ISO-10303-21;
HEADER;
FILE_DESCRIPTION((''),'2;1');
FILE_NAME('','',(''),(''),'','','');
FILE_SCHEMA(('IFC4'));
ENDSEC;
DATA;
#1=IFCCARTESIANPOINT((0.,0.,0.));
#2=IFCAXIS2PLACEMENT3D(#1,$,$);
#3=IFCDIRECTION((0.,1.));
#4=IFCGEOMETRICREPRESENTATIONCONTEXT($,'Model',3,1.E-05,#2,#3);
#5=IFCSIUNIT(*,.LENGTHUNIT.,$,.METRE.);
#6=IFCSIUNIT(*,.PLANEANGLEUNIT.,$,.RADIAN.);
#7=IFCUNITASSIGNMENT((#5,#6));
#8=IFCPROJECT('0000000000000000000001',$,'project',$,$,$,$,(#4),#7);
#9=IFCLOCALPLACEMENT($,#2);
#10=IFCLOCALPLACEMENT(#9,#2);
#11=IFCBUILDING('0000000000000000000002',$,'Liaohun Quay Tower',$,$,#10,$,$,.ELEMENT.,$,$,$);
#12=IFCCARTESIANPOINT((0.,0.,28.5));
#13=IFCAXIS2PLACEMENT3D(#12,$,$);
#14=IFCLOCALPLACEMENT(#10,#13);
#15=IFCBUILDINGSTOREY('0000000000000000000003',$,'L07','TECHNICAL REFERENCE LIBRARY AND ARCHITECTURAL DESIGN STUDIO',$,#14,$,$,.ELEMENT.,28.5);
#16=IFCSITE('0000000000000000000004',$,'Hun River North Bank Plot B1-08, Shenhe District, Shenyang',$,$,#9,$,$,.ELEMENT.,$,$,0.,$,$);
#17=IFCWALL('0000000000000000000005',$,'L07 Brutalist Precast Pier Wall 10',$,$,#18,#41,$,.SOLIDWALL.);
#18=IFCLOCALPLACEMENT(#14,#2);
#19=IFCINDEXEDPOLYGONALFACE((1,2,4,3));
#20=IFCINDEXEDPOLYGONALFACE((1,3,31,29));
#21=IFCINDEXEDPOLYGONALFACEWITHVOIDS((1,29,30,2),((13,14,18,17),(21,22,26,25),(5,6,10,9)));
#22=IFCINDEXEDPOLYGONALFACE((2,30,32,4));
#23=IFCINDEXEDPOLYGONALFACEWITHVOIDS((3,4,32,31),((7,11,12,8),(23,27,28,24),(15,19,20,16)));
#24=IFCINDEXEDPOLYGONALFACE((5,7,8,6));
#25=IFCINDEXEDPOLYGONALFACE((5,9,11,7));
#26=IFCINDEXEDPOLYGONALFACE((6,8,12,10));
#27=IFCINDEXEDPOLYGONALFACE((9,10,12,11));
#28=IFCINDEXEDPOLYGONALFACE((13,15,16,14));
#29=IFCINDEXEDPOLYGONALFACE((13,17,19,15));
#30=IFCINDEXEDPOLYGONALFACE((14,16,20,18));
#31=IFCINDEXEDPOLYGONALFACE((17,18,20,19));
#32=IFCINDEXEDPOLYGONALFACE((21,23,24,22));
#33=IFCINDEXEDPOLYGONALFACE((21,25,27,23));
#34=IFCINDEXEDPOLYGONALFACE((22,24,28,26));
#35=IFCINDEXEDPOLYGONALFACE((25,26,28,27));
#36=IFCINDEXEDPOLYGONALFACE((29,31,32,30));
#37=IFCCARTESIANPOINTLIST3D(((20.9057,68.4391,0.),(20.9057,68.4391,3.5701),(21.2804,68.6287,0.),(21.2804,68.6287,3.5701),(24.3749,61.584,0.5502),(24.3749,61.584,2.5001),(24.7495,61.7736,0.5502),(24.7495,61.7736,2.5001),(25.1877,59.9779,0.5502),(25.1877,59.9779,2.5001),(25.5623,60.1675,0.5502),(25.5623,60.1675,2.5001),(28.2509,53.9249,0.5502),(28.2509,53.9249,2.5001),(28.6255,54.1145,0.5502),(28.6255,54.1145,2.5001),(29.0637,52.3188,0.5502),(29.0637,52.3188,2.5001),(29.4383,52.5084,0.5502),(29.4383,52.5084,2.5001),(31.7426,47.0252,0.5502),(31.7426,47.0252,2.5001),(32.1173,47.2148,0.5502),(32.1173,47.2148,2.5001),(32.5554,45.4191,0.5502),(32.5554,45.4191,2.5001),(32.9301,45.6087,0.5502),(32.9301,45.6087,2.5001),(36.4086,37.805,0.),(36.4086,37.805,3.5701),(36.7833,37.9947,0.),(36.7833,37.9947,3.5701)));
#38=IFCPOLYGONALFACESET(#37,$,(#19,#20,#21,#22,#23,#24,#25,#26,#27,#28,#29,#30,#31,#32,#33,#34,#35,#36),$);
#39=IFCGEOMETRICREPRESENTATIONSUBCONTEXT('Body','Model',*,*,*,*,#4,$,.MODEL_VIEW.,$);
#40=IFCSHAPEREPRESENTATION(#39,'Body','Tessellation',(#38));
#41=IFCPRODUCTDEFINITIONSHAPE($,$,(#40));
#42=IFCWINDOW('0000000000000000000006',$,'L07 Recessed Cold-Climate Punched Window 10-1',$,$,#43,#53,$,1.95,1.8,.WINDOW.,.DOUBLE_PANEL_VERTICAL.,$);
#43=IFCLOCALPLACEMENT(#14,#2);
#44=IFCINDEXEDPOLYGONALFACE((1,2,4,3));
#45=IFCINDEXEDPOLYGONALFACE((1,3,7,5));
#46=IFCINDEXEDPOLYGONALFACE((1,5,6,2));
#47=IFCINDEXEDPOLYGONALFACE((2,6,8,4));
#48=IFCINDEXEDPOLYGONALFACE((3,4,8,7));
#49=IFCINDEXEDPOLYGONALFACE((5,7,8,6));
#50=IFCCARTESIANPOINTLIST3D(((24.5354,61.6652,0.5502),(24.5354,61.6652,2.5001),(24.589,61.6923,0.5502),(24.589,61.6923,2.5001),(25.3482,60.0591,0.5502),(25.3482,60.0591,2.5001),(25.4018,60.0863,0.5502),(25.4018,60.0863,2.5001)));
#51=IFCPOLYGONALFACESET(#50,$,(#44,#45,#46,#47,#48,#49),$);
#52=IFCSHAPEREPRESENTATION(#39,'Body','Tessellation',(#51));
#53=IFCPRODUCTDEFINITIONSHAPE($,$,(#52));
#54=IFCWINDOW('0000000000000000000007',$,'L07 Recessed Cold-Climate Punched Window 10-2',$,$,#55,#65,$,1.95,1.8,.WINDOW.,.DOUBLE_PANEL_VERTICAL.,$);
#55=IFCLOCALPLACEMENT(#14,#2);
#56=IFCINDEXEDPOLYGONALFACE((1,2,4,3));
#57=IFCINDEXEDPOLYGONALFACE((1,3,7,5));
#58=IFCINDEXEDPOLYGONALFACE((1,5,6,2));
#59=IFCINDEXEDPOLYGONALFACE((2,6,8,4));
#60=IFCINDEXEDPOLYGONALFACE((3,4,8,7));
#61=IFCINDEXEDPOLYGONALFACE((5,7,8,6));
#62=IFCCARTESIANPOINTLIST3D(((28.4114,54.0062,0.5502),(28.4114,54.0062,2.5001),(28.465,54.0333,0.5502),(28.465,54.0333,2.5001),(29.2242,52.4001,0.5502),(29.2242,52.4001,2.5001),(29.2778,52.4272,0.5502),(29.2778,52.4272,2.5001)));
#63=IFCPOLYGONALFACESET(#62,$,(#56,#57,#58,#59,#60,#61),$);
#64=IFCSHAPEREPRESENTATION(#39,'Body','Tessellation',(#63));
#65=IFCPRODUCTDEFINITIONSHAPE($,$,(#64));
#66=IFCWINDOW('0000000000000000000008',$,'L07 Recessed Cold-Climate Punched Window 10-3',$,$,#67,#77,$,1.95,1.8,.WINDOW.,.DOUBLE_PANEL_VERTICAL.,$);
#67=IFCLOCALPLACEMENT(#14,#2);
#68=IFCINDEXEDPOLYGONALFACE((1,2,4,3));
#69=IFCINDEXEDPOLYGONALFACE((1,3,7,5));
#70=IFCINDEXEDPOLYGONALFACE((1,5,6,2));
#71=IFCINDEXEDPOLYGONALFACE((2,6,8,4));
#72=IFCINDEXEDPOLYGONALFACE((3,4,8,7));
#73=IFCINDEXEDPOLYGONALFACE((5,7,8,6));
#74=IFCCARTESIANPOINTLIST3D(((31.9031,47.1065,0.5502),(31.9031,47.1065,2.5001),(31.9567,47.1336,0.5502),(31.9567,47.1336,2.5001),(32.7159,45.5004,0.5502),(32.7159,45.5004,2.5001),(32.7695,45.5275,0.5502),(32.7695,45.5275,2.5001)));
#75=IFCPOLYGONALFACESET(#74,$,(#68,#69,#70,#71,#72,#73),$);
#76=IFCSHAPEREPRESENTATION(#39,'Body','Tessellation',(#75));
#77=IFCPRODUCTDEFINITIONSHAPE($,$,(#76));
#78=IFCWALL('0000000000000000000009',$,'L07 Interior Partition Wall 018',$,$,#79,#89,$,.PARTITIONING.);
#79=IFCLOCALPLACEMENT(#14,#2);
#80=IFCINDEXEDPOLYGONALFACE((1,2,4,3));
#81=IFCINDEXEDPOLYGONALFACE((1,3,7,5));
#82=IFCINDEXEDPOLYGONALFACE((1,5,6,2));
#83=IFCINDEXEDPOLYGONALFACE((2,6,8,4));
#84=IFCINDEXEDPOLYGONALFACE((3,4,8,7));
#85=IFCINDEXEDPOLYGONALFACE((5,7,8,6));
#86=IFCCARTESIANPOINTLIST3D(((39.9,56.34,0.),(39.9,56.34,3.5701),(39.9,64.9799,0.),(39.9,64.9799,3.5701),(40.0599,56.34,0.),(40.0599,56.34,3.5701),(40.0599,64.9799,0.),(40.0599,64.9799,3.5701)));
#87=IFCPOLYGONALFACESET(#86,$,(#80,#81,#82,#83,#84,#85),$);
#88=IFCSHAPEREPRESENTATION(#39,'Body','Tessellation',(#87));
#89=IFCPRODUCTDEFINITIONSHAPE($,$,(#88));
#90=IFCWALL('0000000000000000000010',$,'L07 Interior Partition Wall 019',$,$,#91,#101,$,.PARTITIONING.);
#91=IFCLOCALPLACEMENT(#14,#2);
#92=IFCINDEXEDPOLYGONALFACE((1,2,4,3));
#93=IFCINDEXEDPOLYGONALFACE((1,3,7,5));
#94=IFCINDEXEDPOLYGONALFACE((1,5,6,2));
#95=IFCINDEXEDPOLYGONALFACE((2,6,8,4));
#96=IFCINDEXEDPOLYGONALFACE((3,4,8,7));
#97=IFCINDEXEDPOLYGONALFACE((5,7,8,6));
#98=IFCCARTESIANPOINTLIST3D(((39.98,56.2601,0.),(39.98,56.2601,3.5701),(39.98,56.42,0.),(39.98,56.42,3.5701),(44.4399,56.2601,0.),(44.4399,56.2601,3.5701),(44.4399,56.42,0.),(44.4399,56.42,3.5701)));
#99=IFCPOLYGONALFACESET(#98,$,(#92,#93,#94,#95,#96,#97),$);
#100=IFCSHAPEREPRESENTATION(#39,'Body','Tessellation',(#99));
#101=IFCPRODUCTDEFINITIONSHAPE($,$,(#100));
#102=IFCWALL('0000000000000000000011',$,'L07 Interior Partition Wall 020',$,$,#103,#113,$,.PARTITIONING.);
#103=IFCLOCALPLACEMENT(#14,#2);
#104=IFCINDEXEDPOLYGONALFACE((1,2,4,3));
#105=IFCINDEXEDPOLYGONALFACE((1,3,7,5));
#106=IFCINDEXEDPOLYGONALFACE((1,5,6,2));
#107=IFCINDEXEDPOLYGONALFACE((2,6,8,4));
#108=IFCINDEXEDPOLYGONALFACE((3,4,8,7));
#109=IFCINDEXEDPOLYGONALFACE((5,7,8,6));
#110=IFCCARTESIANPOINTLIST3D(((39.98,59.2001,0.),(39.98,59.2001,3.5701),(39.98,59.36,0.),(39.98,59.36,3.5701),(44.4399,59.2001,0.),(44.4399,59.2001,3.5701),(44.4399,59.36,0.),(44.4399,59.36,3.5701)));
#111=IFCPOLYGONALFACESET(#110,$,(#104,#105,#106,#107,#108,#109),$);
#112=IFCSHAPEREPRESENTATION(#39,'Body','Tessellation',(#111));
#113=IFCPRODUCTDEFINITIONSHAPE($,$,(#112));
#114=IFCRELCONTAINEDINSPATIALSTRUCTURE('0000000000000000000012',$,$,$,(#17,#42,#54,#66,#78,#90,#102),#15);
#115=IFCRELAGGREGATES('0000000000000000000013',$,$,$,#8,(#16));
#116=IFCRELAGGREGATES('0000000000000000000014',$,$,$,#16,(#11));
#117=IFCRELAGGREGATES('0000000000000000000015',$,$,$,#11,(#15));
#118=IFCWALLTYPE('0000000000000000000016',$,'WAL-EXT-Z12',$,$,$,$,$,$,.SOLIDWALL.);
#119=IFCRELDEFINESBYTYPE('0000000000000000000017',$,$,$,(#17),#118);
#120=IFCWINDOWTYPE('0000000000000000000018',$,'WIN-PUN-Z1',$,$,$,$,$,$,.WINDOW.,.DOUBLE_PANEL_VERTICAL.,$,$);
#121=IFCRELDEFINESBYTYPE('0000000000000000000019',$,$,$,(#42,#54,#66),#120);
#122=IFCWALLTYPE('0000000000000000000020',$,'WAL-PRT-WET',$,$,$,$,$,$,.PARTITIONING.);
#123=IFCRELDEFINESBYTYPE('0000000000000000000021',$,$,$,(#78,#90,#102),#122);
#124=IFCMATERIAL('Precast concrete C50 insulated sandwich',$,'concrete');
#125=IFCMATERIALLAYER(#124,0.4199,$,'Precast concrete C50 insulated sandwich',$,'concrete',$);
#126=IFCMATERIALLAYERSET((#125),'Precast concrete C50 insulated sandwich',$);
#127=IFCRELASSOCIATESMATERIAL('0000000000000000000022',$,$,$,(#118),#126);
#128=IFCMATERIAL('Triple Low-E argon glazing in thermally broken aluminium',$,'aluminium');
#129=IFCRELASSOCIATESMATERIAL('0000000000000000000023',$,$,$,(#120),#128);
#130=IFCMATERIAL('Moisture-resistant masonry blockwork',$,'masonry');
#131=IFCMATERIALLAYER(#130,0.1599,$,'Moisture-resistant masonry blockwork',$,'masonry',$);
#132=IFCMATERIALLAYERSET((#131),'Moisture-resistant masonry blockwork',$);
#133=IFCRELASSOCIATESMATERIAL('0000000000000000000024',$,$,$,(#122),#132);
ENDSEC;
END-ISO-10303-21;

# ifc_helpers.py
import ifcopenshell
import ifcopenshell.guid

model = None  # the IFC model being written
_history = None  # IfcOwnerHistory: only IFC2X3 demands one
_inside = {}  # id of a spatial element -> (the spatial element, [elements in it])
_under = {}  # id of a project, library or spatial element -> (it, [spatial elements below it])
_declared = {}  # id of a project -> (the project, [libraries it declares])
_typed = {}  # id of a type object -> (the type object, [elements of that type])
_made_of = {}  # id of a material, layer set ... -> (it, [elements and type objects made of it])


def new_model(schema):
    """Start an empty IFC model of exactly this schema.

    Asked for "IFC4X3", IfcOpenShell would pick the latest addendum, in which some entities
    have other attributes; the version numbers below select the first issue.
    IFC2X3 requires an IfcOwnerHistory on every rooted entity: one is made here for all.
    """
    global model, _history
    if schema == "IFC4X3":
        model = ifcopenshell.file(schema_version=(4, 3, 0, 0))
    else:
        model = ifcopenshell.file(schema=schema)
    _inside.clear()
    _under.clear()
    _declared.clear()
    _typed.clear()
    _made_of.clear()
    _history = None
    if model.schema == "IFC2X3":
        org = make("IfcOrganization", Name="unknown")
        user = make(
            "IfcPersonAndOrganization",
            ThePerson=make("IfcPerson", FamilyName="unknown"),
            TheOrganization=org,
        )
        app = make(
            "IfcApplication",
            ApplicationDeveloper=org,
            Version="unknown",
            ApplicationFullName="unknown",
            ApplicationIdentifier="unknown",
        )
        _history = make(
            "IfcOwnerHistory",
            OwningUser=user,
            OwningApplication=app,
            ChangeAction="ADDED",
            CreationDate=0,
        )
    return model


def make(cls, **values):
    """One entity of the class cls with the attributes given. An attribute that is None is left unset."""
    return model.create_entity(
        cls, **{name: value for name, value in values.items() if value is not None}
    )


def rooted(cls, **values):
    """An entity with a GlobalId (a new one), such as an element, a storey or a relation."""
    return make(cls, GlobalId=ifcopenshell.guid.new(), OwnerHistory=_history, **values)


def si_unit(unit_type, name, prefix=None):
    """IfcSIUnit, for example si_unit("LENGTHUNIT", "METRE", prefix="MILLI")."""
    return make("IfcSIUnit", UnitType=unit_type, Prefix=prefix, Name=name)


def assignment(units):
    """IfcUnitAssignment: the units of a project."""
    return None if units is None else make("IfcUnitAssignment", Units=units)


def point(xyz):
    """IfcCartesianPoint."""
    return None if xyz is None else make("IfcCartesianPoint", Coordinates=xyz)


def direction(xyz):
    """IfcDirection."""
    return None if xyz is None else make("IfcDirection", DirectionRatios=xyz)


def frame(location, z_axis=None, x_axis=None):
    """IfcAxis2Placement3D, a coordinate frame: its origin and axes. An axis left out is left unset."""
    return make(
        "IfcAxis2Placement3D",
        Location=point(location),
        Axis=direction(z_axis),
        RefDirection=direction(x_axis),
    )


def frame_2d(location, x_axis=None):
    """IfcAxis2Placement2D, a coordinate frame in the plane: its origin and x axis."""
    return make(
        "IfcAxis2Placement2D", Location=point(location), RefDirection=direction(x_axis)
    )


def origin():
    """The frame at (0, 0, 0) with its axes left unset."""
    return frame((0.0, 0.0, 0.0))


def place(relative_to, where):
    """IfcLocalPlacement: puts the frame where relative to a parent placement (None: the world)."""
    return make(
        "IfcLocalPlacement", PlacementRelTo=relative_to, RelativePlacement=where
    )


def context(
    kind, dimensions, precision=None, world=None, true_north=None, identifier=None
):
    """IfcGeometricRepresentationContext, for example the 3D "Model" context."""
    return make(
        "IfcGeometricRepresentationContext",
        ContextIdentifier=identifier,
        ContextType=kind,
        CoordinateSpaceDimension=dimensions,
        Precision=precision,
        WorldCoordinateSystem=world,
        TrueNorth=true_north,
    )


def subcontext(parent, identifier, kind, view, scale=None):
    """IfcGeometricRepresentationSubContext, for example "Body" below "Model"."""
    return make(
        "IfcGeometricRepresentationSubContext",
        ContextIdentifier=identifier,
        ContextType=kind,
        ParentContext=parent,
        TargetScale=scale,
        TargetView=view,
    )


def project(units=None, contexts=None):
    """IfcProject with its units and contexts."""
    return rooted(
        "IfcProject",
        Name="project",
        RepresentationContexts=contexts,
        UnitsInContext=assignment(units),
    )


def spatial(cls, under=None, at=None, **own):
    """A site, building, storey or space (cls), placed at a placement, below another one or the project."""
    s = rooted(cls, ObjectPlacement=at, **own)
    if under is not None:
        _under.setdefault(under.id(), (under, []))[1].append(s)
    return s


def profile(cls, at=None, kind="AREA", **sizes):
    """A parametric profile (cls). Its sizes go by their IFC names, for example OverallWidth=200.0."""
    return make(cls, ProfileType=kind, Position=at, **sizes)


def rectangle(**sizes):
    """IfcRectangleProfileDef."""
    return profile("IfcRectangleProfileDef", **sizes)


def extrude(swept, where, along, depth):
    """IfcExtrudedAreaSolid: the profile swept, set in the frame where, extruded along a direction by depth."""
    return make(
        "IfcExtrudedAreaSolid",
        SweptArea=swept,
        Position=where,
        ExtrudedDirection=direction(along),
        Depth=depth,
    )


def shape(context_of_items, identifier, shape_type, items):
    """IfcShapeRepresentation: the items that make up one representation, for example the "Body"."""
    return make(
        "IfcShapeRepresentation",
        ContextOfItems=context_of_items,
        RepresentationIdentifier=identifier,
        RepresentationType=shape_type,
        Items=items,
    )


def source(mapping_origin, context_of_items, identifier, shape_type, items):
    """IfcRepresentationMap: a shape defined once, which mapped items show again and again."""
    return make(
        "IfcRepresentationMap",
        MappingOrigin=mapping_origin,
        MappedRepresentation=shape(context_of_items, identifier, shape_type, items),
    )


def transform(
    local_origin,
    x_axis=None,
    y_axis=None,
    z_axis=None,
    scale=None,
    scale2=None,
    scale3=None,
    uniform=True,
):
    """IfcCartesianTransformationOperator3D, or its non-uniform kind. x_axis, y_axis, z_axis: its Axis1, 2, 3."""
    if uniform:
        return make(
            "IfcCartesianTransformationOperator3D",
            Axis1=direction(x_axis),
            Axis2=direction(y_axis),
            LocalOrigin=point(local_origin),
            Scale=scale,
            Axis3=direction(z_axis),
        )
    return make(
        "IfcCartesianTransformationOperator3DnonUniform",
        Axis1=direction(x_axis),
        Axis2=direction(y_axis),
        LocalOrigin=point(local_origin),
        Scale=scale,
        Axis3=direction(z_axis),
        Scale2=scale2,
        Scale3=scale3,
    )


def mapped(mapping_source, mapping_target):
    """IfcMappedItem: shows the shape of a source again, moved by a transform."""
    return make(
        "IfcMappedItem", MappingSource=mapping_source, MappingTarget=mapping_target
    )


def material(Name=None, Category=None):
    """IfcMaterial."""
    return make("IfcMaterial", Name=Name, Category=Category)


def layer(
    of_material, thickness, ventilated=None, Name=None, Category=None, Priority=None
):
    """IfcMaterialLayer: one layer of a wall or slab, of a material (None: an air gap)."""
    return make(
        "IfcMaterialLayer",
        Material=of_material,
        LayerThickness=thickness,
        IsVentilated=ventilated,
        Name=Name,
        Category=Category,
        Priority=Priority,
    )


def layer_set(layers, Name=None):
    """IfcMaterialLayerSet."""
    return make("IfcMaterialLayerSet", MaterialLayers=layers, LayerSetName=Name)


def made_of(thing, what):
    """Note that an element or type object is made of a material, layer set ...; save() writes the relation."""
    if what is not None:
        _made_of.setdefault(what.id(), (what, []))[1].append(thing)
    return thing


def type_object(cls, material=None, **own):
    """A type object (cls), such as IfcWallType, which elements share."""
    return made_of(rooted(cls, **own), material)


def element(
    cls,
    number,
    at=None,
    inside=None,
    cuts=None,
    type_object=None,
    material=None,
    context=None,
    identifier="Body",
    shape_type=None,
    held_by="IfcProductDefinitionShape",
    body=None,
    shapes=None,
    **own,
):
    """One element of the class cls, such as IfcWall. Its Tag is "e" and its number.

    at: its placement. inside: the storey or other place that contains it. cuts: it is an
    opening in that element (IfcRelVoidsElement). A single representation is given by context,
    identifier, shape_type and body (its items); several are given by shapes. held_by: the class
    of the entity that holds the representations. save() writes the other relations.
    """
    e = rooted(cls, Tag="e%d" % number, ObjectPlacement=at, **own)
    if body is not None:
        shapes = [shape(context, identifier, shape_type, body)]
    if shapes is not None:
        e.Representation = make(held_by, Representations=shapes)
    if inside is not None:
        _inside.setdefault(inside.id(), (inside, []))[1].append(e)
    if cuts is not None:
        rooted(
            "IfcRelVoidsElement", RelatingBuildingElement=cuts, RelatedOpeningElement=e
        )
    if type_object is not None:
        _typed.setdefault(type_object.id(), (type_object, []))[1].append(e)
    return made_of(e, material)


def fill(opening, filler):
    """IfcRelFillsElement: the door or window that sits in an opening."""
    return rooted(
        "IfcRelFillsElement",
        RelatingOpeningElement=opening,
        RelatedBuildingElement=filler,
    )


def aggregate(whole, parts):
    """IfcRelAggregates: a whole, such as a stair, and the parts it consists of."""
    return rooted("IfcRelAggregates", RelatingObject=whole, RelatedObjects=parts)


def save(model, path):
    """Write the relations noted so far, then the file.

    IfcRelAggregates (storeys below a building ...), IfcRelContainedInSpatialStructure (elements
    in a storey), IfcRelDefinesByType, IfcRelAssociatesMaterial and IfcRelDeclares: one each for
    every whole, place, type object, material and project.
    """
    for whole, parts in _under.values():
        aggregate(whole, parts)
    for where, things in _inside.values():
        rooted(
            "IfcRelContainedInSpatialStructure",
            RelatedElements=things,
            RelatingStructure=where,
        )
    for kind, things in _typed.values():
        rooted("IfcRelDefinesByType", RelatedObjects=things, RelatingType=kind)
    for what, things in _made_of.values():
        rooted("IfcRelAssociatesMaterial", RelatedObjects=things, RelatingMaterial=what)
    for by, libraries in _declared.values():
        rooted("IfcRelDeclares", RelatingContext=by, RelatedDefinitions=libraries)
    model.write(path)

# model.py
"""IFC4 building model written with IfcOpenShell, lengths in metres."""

from ifc_helpers import new_model, si_unit, direction, frame, frame_2d, origin, place, context, subcontext, project, spatial, rectangle, extrude, source, transform, mapped, material, layer, layer_set, type_object, element, fill, save


model = new_model("IFC4")

# Units and contexts
model_context = context("Model", 3, precision=1e-05, world=origin(), true_north=direction((0.0, 1.0)))
body_context = subcontext(model_context, "Body", "Model", "MODEL_VIEW")
ifc_project = project(units=[si_unit("LENGTHUNIT", "METRE"), si_unit("PLANEANGLEUNIT", "RADIAN")], contexts=[model_context])

# Site, building, storey
site_placement = place(None, origin())
site = spatial("IfcSite", under=ifc_project, at=site_placement, Name="Hun River North Bank Plot B1-08, Shenhe District, Shenyang", CompositionType="ELEMENT", RefElevation=0.0)
building_placement = place(site_placement, origin())
building = spatial("IfcBuilding", under=site, at=building_placement, Name="Liaohun Quay Tower", CompositionType="ELEMENT")
storey_placement = place(building_placement, frame((0.0, 0.0, 28.5)))
storey = spatial("IfcBuildingStorey", under=building, at=storey_placement, Name="L07", Description="TECHNICAL REFERENCE LIBRARY AND ARCHITECTURAL DESIGN STUDIO", CompositionType="ELEMENT", Elevation=28.5)

# Shared definitions
ifc_material_1 = material(Name="Precast concrete C50 insulated sandwich", Category="concrete")
ifc_layer_1 = layer(ifc_material_1, 0.4199, Name="Precast concrete C50 insulated sandwich", Category="concrete")
ifc_layer_set_1 = layer_set([ifc_layer_1], Name="Precast concrete C50 insulated sandwich")
wall_type_1 = type_object("IfcWallType", Name="WAL-EXT-Z12", PredefinedType="SOLIDWALL", material=ifc_layer_set_1)

# Wall, openings, windows
wall_1_placement = place(storey_placement, frame((21.093, 68.5339, 0.0), z_axis=(0.0, 0.0, 1.0), x_axis=(0.45154, -0.892251, 0.0)))
wall_1 = element("IfcWall", 1, at=wall_1_placement, inside=storey, type_object=wall_type_1, Name="L07 Brutalist Precast Pier Wall 10", PredefinedType="SOLIDWALL", context=body_context, shape_type="SweptSolid", body=[
    extrude(rectangle(XDim=34.3335, YDim=0.4199, at=frame_2d((17.1667, 0.0))), origin(), (0.0, 0.0, 1.0), 3.5701),
])
shared_shape_1 = source(origin(), body_context, "Body", "SweptSolid", [
    extrude(rectangle(XDim=1.8, YDim=1.95, at=frame_2d((0.8999, 0.9751))), frame((0.0, 0.22, 0.0), z_axis=(0.0, -1.0, 0.0), x_axis=(1.0, 0.0, 0.0)), (0.0, 0.0, 1.0), 0.4399),
])
opening_1_placement = place(wall_1_placement, frame((7.6831, 0.0, 0.55)))
opening_1 = element("IfcOpeningElement", 2, at=opening_1_placement, cuts=wall_1, PredefinedType="OPENING", context=body_context, shape_type="MappedRepresentation", body=[
    mapped(shared_shape_1, transform((0.0, 0.0, 0.0), x_axis=(1.0, 0.0, 0.0), y_axis=(0.0, 1.0, 0.0), z_axis=(0.0, 0.0, 1.0), scale=1.0)),
])
opening_2_placement = place(wall_1_placement, frame((16.2671, 0.0, 0.55)))
opening_2 = element("IfcOpeningElement", 3, at=opening_2_placement, cuts=wall_1, PredefinedType="OPENING", context=body_context, shape_type="MappedRepresentation", body=[
    mapped(shared_shape_1, transform((0.0, 0.0, 0.0), x_axis=(1.0, 0.0, 0.0), y_axis=(0.0, 1.0, 0.0), z_axis=(0.0, 0.0, 1.0), scale=1.0)),
])
opening_3_placement = place(wall_1_placement, frame((24.0, 0.0, 0.55)))
opening_3 = element("IfcOpeningElement", 4, at=opening_3_placement, cuts=wall_1, PredefinedType="OPENING", context=body_context, shape_type="MappedRepresentation", body=[
    mapped(shared_shape_1, transform((0.0, 0.0, 0.0), x_axis=(1.0, 0.0, 0.0), y_axis=(0.0, 1.0, 0.0), z_axis=(0.0, 0.0, 1.0), scale=1.0)),
])
ifc_material_2 = material(Name="Triple Low-E argon glazing in thermally broken aluminium", Category="aluminium")
window_type_1 = type_object("IfcWindowType", Name="WIN-PUN-Z1", PartitioningType="DOUBLE_PANEL_VERTICAL", PredefinedType="WINDOW", material=ifc_material_2)
shared_shape_2 = source(origin(), body_context, "Body", "SweptSolid", [
    extrude(rectangle(XDim=1.8, YDim=1.95, at=frame_2d((0.8999, 0.9751))), frame((0.0, 0.03, 0.0), z_axis=(0.0, -1.0, 0.0), x_axis=(1.0, 0.0, 0.0)), (0.0, 0.0, 1.0), 0.0601),
])
window_1_placement = place(opening_1_placement, origin())
window_1 = element("IfcWindow", 5, at=window_1_placement, inside=storey, type_object=window_type_1, Name="L07 Recessed Cold-Climate Punched Window 10-1", OverallHeight=1.95, OverallWidth=1.8, PartitioningType="DOUBLE_PANEL_VERTICAL", PredefinedType="WINDOW", context=body_context, shape_type="MappedRepresentation", body=[
    mapped(shared_shape_2, transform((0.0, 0.0, 0.0), x_axis=(1.0, 0.0, 0.0), y_axis=(0.0, 1.0, 0.0), z_axis=(0.0, 0.0, 1.0), scale=1.0)),
])
fill(opening_1, window_1)
window_2_placement = place(opening_2_placement, origin())
window_2 = element("IfcWindow", 6, at=window_2_placement, inside=storey, type_object=window_type_1, Name="L07 Recessed Cold-Climate Punched Window 10-2", OverallHeight=1.95, OverallWidth=1.8, PartitioningType="DOUBLE_PANEL_VERTICAL", PredefinedType="WINDOW", context=body_context, shape_type="MappedRepresentation", body=[
    mapped(shared_shape_2, transform((0.0, 0.0, 0.0), x_axis=(1.0, 0.0, 0.0), y_axis=(0.0, 1.0, 0.0), z_axis=(0.0, 0.0, 1.0), scale=1.0)),
])
fill(opening_2, window_2)
window_3_placement = place(opening_3_placement, origin())
window_3 = element("IfcWindow", 7, at=window_3_placement, inside=storey, type_object=window_type_1, Name="L07 Recessed Cold-Climate Punched Window 10-3", OverallHeight=1.95, OverallWidth=1.8, PartitioningType="DOUBLE_PANEL_VERTICAL", PredefinedType="WINDOW", context=body_context, shape_type="MappedRepresentation", body=[
    mapped(shared_shape_2, transform((0.0, 0.0, 0.0), x_axis=(1.0, 0.0, 0.0), y_axis=(0.0, 1.0, 0.0), z_axis=(0.0, 0.0, 1.0), scale=1.0)),
])
fill(opening_3, window_3)

# Walls
ifc_material_3 = material(Name="Moisture-resistant masonry blockwork", Category="masonry")
ifc_layer_2 = layer(ifc_material_3, 0.1599, Name="Moisture-resistant masonry blockwork", Category="masonry")
ifc_layer_set_2 = layer_set([ifc_layer_2], Name="Moisture-resistant masonry blockwork")
wall_type_2 = type_object("IfcWallType", Name="WAL-PRT-WET", PredefinedType="PARTITIONING", material=ifc_layer_set_2)
wall_2_placement = place(storey_placement, frame((39.98, 56.3401, 0.0), z_axis=(0.0, 0.0, 1.0), x_axis=(0.0, 1.0, 0.0)))
element("IfcWall", 8, at=wall_2_placement, inside=storey, type_object=wall_type_2, Name="L07 Interior Partition Wall 018", PredefinedType="PARTITIONING", context=body_context, shape_type="SweptSolid", body=[
    extrude(rectangle(XDim=8.6399, YDim=0.1599, at=frame_2d((4.3198, 0.0))), origin(), (0.0, 0.0, 1.0), 3.5701),
])
for number, where, z_axis, x_axis, name in (
    (9, (39.98, 56.3401, 0.0), (0.0, 0.0, 1.0), (1.0, 0.0, 0.0), "L07 Interior Partition Wall 019"),
    (10, (39.98, 59.28, 0.0), (0.0, 0.0, 1.0), (1.0, 0.0, 0.0), "L07 Interior Partition Wall 020"),
):
    element("IfcWall", number, at=place(storey_placement, frame(where, z_axis=z_axis, x_axis=x_axis)), inside=storey, type_object=wall_type_2, Name=name, PredefinedType="PARTITIONING", context=body_context, shape_type="SweptSolid", body=[
        extrude(rectangle(XDim=4.46, YDim=0.1599, at=frame_2d((2.23, 0.0))), origin(), (0.0, 0.0, 1.0), 3.5701),
    ])

save(model, "model.ifc")
